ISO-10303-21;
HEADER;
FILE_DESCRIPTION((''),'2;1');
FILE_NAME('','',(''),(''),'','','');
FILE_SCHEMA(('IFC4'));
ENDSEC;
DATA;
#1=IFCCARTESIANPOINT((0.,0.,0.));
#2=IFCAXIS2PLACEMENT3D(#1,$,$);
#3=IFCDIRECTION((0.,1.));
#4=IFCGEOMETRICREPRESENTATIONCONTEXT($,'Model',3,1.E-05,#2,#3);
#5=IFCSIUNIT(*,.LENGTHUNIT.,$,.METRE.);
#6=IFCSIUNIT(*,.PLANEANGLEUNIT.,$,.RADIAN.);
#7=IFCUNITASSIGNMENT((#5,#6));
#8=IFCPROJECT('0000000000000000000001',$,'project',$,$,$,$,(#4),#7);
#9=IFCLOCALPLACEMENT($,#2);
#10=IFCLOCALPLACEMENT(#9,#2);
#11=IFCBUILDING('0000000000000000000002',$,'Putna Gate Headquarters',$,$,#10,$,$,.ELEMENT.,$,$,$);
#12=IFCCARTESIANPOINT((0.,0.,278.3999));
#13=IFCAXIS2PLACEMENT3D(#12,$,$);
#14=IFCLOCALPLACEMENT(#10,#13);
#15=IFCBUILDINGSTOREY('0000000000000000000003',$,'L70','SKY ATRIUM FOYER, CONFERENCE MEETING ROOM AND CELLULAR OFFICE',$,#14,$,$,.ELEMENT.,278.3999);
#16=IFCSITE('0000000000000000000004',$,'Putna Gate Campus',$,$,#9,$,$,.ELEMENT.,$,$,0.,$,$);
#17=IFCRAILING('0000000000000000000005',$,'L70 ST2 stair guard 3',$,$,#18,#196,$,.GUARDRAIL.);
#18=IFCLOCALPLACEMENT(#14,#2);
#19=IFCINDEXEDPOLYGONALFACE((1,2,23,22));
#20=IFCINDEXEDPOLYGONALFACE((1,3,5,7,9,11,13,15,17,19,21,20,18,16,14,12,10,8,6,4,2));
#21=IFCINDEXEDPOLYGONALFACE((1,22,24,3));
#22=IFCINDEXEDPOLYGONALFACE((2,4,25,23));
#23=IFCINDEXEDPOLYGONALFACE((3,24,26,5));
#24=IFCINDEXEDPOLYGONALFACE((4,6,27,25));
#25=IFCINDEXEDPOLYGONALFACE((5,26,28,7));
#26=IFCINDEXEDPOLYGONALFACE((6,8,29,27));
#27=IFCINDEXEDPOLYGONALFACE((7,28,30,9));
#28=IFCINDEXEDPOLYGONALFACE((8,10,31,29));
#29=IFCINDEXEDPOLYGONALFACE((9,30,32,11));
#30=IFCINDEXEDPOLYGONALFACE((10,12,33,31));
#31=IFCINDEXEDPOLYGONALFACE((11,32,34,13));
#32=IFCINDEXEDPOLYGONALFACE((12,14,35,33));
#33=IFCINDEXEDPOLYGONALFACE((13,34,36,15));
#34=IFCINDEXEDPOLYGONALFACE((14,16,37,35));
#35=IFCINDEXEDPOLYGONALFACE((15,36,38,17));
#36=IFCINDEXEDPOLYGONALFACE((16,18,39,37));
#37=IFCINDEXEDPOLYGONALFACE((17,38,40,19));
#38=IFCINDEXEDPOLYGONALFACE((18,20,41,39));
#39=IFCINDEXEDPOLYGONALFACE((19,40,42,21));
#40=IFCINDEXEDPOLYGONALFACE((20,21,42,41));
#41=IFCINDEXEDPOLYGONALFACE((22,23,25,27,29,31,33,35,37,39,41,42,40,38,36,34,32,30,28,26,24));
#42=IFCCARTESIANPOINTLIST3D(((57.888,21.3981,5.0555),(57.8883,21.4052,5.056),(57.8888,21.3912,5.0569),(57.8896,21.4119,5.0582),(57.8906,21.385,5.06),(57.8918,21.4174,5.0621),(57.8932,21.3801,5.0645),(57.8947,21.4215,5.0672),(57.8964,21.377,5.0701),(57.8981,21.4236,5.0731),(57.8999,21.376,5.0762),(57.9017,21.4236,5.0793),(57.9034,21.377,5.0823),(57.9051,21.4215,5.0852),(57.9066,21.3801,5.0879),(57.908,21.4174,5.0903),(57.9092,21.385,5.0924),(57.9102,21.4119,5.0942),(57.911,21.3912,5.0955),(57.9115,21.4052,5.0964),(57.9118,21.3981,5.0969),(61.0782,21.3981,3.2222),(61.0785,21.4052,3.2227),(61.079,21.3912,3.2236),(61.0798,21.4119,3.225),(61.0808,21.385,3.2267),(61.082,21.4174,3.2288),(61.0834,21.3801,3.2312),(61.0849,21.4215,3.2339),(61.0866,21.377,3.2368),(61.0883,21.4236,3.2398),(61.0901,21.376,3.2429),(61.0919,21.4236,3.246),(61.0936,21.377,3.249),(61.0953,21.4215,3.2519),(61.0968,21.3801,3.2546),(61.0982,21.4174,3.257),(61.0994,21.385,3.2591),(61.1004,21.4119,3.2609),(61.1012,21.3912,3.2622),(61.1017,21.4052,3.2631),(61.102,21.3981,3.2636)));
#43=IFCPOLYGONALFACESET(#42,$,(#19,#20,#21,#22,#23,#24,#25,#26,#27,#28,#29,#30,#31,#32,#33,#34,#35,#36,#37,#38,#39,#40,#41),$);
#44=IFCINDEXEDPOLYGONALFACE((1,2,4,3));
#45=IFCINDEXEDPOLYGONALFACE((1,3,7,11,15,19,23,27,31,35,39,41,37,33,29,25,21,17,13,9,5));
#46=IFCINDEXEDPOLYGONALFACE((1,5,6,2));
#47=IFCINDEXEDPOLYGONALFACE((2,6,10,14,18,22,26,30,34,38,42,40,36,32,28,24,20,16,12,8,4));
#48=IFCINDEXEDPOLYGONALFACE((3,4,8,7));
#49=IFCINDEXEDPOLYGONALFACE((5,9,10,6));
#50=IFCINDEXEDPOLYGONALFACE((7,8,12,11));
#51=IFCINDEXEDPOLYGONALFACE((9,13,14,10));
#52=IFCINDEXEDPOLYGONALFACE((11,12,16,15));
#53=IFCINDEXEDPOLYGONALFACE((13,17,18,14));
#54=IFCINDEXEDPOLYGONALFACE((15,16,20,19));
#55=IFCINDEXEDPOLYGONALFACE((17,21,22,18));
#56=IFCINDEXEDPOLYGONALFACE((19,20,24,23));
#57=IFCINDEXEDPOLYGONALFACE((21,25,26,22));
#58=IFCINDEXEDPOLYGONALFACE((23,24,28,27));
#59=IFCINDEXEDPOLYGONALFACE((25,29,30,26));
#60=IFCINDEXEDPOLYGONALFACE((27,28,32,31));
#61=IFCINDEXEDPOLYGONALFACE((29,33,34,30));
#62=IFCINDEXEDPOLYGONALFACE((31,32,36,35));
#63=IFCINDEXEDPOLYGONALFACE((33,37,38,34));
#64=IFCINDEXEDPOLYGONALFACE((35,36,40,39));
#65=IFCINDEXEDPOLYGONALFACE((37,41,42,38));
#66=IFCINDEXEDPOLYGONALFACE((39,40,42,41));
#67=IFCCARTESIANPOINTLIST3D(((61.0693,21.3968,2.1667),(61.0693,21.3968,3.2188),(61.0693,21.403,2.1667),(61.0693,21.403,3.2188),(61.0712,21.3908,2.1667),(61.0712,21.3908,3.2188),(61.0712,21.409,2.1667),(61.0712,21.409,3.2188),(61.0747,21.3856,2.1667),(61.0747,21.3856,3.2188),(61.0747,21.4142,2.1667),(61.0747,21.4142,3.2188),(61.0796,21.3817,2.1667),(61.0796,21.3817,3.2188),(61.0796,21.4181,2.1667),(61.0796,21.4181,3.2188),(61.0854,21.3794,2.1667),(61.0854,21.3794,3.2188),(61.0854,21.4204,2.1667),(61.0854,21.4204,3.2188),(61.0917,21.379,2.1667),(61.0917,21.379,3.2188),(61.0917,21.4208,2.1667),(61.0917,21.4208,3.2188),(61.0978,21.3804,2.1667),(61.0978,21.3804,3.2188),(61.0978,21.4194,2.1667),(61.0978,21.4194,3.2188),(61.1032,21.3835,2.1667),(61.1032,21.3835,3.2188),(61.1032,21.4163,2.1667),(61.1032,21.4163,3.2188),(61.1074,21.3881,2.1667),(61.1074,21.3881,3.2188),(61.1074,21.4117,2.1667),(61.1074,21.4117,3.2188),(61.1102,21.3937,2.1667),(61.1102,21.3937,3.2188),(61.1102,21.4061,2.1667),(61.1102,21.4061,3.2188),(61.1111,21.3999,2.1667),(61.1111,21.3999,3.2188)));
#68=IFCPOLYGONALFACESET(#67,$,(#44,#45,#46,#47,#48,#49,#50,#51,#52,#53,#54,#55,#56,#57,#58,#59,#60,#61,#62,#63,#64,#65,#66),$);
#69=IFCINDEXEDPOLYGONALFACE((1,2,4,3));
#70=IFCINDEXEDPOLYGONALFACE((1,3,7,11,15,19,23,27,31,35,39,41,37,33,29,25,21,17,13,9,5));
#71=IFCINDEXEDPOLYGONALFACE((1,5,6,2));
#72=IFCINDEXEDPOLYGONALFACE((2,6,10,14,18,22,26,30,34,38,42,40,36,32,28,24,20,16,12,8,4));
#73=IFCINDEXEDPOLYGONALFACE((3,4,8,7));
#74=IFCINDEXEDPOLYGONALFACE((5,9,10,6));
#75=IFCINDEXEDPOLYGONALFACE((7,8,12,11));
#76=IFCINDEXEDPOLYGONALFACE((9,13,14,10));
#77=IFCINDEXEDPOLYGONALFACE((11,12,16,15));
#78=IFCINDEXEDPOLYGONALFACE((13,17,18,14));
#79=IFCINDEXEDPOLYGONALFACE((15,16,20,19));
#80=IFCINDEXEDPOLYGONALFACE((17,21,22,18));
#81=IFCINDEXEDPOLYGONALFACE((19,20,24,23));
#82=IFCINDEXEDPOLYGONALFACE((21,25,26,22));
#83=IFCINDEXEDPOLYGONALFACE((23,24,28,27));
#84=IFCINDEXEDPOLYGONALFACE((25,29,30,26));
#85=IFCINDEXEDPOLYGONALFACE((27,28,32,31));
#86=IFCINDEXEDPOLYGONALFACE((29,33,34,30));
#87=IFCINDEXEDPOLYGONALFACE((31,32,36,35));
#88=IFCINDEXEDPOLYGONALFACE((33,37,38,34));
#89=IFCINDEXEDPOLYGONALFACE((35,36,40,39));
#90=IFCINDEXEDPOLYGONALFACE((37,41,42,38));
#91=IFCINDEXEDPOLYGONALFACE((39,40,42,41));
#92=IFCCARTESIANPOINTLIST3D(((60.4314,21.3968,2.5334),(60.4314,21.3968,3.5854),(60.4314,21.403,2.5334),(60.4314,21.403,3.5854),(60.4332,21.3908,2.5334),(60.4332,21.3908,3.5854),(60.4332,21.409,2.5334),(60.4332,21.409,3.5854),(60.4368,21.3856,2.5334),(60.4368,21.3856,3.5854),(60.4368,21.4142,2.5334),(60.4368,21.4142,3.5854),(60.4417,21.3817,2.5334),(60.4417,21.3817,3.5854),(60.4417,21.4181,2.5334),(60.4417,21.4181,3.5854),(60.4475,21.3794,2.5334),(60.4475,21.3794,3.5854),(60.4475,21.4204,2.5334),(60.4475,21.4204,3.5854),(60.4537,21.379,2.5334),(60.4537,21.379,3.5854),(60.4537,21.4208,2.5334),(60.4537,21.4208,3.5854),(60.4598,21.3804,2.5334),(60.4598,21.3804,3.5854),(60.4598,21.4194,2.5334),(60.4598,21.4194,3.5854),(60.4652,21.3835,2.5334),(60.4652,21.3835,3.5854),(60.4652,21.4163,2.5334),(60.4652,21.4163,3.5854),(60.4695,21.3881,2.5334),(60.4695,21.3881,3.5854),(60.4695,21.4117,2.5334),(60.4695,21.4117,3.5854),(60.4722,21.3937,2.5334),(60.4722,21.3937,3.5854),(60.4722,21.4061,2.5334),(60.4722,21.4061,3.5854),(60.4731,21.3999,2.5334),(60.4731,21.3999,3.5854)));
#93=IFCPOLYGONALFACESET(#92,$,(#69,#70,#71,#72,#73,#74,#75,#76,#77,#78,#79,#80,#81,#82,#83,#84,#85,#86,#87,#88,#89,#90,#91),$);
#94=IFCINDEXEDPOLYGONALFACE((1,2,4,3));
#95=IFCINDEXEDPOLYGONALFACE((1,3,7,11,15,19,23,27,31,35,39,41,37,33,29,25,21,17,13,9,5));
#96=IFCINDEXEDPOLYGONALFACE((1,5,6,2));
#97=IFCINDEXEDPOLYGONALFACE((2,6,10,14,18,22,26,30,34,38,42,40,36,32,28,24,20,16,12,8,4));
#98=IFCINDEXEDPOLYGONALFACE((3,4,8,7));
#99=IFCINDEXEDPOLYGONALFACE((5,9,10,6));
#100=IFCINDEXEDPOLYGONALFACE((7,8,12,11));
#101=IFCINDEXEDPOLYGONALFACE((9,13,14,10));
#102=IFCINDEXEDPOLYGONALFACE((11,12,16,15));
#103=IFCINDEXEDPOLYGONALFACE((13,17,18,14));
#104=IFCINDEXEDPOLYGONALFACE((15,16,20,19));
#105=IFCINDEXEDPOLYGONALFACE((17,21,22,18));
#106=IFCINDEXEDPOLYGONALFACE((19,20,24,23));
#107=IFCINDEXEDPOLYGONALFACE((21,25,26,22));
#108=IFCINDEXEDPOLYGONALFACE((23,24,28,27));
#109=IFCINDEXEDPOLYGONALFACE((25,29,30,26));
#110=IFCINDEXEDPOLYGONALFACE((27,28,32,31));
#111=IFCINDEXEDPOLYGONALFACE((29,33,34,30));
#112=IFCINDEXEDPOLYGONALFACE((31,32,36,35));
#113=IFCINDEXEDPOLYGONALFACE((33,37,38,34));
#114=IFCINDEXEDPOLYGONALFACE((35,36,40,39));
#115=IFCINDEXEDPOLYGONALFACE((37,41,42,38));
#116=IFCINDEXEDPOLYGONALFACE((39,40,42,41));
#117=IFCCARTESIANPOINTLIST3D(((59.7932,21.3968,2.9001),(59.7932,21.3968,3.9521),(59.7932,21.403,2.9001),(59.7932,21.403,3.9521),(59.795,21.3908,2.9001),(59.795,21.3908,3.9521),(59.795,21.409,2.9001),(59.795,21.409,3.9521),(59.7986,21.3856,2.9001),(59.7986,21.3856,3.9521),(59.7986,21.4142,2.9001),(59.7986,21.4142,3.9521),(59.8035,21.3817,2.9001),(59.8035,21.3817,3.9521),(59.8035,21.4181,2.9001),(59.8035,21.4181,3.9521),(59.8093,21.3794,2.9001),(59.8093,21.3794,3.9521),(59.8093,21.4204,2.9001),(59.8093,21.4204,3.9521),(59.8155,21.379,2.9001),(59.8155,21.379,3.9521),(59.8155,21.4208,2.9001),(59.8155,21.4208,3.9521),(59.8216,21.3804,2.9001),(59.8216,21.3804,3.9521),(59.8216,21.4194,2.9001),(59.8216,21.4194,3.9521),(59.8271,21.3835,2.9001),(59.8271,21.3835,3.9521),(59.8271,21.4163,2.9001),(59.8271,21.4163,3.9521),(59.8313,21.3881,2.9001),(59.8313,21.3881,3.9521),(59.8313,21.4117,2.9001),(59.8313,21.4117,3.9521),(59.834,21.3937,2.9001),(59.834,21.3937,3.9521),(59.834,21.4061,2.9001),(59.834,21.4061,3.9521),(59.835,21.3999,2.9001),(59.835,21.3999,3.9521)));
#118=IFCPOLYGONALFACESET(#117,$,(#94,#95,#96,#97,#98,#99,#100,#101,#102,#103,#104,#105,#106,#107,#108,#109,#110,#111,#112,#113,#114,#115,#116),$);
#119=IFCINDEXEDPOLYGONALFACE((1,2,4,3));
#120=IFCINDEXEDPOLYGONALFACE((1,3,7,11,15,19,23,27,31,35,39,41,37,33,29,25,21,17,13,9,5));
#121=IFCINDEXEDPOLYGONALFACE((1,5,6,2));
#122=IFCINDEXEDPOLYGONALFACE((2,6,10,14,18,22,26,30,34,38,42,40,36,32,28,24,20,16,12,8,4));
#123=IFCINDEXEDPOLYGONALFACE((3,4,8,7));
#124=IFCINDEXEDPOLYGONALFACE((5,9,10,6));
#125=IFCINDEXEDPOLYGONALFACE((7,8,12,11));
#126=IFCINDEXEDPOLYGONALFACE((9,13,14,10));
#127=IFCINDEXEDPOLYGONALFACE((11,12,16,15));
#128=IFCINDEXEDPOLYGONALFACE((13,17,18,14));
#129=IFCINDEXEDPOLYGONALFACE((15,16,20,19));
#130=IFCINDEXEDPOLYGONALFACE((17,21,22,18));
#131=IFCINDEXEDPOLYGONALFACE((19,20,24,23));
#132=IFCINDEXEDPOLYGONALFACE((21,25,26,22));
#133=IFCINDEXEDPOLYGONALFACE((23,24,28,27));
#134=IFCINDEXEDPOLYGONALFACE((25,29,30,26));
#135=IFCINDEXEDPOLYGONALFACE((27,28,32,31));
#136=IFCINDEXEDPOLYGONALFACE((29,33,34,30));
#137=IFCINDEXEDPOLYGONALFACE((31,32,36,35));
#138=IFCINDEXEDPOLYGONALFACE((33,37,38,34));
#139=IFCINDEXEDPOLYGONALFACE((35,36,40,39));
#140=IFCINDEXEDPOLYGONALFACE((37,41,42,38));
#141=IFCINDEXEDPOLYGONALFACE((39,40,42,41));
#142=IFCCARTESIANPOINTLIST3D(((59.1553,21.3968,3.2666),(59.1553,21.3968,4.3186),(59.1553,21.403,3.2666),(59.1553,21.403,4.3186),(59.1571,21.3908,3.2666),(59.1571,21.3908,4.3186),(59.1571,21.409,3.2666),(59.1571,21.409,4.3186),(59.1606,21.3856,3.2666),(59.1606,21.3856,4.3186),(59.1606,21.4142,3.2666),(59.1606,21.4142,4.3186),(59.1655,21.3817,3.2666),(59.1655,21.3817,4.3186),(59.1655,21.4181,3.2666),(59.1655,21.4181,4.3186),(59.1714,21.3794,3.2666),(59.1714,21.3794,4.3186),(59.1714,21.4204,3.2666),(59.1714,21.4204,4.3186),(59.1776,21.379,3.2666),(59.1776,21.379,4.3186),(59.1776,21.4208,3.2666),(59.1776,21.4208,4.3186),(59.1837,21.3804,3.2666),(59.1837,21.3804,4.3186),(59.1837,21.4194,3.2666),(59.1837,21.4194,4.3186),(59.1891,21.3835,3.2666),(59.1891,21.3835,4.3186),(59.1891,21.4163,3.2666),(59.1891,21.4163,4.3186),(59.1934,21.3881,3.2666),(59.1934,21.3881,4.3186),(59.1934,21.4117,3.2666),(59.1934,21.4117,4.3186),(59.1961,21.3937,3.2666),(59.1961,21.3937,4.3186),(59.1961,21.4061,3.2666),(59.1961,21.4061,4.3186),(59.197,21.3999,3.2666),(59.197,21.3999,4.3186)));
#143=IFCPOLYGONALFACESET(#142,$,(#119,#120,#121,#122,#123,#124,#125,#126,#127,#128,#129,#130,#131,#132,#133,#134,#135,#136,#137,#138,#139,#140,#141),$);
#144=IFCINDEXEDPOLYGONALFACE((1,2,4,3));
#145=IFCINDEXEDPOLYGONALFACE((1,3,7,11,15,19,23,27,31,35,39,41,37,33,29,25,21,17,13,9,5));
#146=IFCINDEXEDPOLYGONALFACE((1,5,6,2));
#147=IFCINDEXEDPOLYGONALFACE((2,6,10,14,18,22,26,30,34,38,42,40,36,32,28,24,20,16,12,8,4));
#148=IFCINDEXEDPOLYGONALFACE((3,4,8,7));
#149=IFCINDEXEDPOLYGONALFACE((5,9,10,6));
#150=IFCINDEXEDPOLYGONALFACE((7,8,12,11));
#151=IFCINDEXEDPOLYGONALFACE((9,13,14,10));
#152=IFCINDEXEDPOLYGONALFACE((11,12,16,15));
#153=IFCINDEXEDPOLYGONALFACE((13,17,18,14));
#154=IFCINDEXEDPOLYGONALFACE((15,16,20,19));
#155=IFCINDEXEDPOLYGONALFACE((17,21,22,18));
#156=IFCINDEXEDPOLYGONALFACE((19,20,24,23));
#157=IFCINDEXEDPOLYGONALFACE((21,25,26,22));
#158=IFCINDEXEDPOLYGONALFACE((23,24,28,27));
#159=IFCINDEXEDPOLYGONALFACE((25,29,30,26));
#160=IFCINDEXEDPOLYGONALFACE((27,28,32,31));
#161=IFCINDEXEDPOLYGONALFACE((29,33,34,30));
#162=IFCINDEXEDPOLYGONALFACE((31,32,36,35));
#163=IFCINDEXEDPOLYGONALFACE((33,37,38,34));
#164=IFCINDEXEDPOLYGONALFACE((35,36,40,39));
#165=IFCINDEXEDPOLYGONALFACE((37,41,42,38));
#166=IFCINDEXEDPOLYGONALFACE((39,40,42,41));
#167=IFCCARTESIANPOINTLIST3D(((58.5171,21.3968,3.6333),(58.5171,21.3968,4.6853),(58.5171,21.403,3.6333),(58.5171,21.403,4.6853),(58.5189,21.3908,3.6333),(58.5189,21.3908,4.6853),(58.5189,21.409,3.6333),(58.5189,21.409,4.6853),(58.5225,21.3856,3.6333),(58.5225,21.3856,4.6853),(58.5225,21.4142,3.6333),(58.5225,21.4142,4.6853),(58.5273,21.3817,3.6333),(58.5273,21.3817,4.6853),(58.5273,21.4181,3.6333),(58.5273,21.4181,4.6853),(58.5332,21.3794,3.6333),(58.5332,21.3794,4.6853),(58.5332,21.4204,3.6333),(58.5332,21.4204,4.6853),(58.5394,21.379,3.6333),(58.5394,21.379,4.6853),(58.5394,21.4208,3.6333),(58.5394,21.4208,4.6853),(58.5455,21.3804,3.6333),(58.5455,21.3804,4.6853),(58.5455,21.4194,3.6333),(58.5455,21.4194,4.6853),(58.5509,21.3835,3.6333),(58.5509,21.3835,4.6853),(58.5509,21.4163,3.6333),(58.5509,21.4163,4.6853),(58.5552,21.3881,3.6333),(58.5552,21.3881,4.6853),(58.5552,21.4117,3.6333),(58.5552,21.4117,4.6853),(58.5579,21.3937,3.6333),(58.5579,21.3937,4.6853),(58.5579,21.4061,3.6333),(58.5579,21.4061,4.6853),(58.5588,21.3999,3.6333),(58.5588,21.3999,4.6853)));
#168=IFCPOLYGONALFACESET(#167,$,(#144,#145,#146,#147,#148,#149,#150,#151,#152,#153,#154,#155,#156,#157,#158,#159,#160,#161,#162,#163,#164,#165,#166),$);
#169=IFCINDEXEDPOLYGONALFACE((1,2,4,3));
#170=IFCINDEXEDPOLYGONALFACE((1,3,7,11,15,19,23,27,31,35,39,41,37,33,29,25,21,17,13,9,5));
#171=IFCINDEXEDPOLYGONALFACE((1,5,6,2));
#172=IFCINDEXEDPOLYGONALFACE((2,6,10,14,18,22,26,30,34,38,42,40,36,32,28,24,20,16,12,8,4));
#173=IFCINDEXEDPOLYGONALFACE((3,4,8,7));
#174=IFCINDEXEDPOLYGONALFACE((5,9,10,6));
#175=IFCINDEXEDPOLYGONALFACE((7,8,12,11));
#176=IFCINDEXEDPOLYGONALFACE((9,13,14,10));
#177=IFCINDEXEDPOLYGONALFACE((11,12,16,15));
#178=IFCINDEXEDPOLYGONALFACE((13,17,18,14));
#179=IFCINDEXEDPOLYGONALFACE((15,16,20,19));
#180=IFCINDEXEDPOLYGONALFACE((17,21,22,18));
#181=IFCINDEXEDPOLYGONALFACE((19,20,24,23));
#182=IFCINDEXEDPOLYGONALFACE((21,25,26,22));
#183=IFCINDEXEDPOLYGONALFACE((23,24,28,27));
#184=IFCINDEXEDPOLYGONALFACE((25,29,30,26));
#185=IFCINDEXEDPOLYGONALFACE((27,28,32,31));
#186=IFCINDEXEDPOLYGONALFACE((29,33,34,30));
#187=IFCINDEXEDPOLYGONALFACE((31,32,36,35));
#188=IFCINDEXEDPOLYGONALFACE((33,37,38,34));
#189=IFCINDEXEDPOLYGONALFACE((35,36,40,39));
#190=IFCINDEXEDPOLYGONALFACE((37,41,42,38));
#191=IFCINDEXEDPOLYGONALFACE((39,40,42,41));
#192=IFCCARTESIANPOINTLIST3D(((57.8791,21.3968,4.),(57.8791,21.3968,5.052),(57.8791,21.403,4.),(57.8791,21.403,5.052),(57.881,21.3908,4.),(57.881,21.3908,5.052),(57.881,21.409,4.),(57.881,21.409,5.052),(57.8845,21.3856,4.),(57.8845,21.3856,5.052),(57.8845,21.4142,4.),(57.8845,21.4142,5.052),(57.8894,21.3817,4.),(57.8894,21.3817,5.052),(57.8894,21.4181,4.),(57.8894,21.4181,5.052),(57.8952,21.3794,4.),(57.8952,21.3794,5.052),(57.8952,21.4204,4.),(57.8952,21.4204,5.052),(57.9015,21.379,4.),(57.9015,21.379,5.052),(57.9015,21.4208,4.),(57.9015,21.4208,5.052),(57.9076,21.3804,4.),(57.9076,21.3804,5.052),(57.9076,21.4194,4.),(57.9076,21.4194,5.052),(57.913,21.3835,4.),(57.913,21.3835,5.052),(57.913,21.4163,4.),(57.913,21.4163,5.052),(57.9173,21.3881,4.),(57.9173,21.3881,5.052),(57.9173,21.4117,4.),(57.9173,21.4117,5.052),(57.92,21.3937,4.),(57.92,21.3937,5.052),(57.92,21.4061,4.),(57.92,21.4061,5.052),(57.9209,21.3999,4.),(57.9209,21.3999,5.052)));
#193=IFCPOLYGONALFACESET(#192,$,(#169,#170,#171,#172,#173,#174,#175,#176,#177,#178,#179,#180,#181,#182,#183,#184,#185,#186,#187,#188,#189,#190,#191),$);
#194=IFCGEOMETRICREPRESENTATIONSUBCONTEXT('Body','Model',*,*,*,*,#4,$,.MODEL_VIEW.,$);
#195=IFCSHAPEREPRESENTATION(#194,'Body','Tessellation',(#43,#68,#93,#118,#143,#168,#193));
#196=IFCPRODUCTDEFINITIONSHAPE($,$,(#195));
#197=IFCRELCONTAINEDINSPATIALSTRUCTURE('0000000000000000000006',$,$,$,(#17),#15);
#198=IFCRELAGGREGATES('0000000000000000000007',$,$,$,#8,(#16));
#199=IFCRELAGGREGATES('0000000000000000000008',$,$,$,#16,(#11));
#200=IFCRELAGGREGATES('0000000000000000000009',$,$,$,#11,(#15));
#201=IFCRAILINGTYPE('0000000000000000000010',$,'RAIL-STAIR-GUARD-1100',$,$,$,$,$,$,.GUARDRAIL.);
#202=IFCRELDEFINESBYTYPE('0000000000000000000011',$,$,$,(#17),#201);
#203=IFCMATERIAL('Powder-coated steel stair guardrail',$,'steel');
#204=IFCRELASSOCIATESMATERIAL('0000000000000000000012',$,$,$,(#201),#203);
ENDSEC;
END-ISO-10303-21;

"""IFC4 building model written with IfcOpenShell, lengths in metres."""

from ifc_helpers import new_model, si_unit, direction, frame, origin, origin_2d, place, context, subcontext, project, spatial, circle, extrude, material, type_object, element, save


model = new_model("IFC4")

# Units and contexts
model_context = context("Model", 3, precision=1e-05, world=origin(), true_north=direction((0.0, 1.0)))
body_context = subcontext(model_context, "Body", "Model", "MODEL_VIEW")
ifc_project = project(units=[si_unit("LENGTHUNIT", "METRE"), si_unit("PLANEANGLEUNIT", "RADIAN")], contexts=[model_context])

# Site, building, storey
site_placement = place(None, origin())
site = spatial("IfcSite", under=ifc_project, at=site_placement, Name="Putna Gate Campus", CompositionType="ELEMENT", RefElevation=0.0)
building_placement = place(site_placement, origin())
building = spatial("IfcBuilding", under=site, at=building_placement, Name="Putna Gate Headquarters", CompositionType="ELEMENT")
storey_placement = place(building_placement, frame((0.0, 0.0, 278.3999)))
storey = spatial("IfcBuildingStorey", under=building, at=storey_placement, Name="L70", Description="SKY ATRIUM FOYER, CONFERENCE MEETING ROOM AND CELLULAR OFFICE", CompositionType="ELEMENT", Elevation=278.3999)

# Railing
ifc_material_1 = material(Name="Powder-coated steel stair guardrail", Category="steel")
railing_type = type_object("IfcRailingType", Name="RAIL-STAIR-GUARD-1100", PredefinedType="GUARDRAIL", material=ifc_material_1)
railing_1_placement = place(storey_placement, frame((61.0901, 21.3999, 2.1667)))
element("IfcRailing", 1, at=railing_1_placement, inside=storey, type_object=railing_type, Name="L70 ST2 stair guard 3", PredefinedType="GUARDRAIL", context=body_context, shape_type="SweptSolid", body=[
    extrude(circle(Radius=0.0239, at=origin_2d()), frame((0.0, 0.0, 1.0762), z_axis=(-0.867036, 0.0, 0.498245), x_axis=(0.0, -1.0, 0.0)), (0.0, 0.0, 1.0), 3.6794),
    extrude(circle(Radius=0.021, at=origin_2d()), origin(), (0.0, 0.0, 1.0), 1.052),
    extrude(circle(Radius=0.021, at=origin_2d()), frame((-0.6379, 0.0, 0.3667)), (0.0, 0.0, 1.0), 1.052),
    extrude(circle(Radius=0.021, at=origin_2d()), frame((-1.2761, 0.0, 0.7334)), (0.0, 0.0, 1.0), 1.052),
    extrude(circle(Radius=0.021, at=origin_2d()), frame((-1.9141, 0.0, 1.0999)), (0.0, 0.0, 1.0), 1.052),
    extrude(circle(Radius=0.021, at=origin_2d()), frame((-2.5522, 0.0, 1.4666)), (0.0, 0.0, 1.0), 1.052),
    extrude(circle(Radius=0.021, at=origin_2d()), frame((-3.1902, 0.0, 1.8333)), (0.0, 0.0, 1.0), 1.052),
])

save(model, "model.ifc")
